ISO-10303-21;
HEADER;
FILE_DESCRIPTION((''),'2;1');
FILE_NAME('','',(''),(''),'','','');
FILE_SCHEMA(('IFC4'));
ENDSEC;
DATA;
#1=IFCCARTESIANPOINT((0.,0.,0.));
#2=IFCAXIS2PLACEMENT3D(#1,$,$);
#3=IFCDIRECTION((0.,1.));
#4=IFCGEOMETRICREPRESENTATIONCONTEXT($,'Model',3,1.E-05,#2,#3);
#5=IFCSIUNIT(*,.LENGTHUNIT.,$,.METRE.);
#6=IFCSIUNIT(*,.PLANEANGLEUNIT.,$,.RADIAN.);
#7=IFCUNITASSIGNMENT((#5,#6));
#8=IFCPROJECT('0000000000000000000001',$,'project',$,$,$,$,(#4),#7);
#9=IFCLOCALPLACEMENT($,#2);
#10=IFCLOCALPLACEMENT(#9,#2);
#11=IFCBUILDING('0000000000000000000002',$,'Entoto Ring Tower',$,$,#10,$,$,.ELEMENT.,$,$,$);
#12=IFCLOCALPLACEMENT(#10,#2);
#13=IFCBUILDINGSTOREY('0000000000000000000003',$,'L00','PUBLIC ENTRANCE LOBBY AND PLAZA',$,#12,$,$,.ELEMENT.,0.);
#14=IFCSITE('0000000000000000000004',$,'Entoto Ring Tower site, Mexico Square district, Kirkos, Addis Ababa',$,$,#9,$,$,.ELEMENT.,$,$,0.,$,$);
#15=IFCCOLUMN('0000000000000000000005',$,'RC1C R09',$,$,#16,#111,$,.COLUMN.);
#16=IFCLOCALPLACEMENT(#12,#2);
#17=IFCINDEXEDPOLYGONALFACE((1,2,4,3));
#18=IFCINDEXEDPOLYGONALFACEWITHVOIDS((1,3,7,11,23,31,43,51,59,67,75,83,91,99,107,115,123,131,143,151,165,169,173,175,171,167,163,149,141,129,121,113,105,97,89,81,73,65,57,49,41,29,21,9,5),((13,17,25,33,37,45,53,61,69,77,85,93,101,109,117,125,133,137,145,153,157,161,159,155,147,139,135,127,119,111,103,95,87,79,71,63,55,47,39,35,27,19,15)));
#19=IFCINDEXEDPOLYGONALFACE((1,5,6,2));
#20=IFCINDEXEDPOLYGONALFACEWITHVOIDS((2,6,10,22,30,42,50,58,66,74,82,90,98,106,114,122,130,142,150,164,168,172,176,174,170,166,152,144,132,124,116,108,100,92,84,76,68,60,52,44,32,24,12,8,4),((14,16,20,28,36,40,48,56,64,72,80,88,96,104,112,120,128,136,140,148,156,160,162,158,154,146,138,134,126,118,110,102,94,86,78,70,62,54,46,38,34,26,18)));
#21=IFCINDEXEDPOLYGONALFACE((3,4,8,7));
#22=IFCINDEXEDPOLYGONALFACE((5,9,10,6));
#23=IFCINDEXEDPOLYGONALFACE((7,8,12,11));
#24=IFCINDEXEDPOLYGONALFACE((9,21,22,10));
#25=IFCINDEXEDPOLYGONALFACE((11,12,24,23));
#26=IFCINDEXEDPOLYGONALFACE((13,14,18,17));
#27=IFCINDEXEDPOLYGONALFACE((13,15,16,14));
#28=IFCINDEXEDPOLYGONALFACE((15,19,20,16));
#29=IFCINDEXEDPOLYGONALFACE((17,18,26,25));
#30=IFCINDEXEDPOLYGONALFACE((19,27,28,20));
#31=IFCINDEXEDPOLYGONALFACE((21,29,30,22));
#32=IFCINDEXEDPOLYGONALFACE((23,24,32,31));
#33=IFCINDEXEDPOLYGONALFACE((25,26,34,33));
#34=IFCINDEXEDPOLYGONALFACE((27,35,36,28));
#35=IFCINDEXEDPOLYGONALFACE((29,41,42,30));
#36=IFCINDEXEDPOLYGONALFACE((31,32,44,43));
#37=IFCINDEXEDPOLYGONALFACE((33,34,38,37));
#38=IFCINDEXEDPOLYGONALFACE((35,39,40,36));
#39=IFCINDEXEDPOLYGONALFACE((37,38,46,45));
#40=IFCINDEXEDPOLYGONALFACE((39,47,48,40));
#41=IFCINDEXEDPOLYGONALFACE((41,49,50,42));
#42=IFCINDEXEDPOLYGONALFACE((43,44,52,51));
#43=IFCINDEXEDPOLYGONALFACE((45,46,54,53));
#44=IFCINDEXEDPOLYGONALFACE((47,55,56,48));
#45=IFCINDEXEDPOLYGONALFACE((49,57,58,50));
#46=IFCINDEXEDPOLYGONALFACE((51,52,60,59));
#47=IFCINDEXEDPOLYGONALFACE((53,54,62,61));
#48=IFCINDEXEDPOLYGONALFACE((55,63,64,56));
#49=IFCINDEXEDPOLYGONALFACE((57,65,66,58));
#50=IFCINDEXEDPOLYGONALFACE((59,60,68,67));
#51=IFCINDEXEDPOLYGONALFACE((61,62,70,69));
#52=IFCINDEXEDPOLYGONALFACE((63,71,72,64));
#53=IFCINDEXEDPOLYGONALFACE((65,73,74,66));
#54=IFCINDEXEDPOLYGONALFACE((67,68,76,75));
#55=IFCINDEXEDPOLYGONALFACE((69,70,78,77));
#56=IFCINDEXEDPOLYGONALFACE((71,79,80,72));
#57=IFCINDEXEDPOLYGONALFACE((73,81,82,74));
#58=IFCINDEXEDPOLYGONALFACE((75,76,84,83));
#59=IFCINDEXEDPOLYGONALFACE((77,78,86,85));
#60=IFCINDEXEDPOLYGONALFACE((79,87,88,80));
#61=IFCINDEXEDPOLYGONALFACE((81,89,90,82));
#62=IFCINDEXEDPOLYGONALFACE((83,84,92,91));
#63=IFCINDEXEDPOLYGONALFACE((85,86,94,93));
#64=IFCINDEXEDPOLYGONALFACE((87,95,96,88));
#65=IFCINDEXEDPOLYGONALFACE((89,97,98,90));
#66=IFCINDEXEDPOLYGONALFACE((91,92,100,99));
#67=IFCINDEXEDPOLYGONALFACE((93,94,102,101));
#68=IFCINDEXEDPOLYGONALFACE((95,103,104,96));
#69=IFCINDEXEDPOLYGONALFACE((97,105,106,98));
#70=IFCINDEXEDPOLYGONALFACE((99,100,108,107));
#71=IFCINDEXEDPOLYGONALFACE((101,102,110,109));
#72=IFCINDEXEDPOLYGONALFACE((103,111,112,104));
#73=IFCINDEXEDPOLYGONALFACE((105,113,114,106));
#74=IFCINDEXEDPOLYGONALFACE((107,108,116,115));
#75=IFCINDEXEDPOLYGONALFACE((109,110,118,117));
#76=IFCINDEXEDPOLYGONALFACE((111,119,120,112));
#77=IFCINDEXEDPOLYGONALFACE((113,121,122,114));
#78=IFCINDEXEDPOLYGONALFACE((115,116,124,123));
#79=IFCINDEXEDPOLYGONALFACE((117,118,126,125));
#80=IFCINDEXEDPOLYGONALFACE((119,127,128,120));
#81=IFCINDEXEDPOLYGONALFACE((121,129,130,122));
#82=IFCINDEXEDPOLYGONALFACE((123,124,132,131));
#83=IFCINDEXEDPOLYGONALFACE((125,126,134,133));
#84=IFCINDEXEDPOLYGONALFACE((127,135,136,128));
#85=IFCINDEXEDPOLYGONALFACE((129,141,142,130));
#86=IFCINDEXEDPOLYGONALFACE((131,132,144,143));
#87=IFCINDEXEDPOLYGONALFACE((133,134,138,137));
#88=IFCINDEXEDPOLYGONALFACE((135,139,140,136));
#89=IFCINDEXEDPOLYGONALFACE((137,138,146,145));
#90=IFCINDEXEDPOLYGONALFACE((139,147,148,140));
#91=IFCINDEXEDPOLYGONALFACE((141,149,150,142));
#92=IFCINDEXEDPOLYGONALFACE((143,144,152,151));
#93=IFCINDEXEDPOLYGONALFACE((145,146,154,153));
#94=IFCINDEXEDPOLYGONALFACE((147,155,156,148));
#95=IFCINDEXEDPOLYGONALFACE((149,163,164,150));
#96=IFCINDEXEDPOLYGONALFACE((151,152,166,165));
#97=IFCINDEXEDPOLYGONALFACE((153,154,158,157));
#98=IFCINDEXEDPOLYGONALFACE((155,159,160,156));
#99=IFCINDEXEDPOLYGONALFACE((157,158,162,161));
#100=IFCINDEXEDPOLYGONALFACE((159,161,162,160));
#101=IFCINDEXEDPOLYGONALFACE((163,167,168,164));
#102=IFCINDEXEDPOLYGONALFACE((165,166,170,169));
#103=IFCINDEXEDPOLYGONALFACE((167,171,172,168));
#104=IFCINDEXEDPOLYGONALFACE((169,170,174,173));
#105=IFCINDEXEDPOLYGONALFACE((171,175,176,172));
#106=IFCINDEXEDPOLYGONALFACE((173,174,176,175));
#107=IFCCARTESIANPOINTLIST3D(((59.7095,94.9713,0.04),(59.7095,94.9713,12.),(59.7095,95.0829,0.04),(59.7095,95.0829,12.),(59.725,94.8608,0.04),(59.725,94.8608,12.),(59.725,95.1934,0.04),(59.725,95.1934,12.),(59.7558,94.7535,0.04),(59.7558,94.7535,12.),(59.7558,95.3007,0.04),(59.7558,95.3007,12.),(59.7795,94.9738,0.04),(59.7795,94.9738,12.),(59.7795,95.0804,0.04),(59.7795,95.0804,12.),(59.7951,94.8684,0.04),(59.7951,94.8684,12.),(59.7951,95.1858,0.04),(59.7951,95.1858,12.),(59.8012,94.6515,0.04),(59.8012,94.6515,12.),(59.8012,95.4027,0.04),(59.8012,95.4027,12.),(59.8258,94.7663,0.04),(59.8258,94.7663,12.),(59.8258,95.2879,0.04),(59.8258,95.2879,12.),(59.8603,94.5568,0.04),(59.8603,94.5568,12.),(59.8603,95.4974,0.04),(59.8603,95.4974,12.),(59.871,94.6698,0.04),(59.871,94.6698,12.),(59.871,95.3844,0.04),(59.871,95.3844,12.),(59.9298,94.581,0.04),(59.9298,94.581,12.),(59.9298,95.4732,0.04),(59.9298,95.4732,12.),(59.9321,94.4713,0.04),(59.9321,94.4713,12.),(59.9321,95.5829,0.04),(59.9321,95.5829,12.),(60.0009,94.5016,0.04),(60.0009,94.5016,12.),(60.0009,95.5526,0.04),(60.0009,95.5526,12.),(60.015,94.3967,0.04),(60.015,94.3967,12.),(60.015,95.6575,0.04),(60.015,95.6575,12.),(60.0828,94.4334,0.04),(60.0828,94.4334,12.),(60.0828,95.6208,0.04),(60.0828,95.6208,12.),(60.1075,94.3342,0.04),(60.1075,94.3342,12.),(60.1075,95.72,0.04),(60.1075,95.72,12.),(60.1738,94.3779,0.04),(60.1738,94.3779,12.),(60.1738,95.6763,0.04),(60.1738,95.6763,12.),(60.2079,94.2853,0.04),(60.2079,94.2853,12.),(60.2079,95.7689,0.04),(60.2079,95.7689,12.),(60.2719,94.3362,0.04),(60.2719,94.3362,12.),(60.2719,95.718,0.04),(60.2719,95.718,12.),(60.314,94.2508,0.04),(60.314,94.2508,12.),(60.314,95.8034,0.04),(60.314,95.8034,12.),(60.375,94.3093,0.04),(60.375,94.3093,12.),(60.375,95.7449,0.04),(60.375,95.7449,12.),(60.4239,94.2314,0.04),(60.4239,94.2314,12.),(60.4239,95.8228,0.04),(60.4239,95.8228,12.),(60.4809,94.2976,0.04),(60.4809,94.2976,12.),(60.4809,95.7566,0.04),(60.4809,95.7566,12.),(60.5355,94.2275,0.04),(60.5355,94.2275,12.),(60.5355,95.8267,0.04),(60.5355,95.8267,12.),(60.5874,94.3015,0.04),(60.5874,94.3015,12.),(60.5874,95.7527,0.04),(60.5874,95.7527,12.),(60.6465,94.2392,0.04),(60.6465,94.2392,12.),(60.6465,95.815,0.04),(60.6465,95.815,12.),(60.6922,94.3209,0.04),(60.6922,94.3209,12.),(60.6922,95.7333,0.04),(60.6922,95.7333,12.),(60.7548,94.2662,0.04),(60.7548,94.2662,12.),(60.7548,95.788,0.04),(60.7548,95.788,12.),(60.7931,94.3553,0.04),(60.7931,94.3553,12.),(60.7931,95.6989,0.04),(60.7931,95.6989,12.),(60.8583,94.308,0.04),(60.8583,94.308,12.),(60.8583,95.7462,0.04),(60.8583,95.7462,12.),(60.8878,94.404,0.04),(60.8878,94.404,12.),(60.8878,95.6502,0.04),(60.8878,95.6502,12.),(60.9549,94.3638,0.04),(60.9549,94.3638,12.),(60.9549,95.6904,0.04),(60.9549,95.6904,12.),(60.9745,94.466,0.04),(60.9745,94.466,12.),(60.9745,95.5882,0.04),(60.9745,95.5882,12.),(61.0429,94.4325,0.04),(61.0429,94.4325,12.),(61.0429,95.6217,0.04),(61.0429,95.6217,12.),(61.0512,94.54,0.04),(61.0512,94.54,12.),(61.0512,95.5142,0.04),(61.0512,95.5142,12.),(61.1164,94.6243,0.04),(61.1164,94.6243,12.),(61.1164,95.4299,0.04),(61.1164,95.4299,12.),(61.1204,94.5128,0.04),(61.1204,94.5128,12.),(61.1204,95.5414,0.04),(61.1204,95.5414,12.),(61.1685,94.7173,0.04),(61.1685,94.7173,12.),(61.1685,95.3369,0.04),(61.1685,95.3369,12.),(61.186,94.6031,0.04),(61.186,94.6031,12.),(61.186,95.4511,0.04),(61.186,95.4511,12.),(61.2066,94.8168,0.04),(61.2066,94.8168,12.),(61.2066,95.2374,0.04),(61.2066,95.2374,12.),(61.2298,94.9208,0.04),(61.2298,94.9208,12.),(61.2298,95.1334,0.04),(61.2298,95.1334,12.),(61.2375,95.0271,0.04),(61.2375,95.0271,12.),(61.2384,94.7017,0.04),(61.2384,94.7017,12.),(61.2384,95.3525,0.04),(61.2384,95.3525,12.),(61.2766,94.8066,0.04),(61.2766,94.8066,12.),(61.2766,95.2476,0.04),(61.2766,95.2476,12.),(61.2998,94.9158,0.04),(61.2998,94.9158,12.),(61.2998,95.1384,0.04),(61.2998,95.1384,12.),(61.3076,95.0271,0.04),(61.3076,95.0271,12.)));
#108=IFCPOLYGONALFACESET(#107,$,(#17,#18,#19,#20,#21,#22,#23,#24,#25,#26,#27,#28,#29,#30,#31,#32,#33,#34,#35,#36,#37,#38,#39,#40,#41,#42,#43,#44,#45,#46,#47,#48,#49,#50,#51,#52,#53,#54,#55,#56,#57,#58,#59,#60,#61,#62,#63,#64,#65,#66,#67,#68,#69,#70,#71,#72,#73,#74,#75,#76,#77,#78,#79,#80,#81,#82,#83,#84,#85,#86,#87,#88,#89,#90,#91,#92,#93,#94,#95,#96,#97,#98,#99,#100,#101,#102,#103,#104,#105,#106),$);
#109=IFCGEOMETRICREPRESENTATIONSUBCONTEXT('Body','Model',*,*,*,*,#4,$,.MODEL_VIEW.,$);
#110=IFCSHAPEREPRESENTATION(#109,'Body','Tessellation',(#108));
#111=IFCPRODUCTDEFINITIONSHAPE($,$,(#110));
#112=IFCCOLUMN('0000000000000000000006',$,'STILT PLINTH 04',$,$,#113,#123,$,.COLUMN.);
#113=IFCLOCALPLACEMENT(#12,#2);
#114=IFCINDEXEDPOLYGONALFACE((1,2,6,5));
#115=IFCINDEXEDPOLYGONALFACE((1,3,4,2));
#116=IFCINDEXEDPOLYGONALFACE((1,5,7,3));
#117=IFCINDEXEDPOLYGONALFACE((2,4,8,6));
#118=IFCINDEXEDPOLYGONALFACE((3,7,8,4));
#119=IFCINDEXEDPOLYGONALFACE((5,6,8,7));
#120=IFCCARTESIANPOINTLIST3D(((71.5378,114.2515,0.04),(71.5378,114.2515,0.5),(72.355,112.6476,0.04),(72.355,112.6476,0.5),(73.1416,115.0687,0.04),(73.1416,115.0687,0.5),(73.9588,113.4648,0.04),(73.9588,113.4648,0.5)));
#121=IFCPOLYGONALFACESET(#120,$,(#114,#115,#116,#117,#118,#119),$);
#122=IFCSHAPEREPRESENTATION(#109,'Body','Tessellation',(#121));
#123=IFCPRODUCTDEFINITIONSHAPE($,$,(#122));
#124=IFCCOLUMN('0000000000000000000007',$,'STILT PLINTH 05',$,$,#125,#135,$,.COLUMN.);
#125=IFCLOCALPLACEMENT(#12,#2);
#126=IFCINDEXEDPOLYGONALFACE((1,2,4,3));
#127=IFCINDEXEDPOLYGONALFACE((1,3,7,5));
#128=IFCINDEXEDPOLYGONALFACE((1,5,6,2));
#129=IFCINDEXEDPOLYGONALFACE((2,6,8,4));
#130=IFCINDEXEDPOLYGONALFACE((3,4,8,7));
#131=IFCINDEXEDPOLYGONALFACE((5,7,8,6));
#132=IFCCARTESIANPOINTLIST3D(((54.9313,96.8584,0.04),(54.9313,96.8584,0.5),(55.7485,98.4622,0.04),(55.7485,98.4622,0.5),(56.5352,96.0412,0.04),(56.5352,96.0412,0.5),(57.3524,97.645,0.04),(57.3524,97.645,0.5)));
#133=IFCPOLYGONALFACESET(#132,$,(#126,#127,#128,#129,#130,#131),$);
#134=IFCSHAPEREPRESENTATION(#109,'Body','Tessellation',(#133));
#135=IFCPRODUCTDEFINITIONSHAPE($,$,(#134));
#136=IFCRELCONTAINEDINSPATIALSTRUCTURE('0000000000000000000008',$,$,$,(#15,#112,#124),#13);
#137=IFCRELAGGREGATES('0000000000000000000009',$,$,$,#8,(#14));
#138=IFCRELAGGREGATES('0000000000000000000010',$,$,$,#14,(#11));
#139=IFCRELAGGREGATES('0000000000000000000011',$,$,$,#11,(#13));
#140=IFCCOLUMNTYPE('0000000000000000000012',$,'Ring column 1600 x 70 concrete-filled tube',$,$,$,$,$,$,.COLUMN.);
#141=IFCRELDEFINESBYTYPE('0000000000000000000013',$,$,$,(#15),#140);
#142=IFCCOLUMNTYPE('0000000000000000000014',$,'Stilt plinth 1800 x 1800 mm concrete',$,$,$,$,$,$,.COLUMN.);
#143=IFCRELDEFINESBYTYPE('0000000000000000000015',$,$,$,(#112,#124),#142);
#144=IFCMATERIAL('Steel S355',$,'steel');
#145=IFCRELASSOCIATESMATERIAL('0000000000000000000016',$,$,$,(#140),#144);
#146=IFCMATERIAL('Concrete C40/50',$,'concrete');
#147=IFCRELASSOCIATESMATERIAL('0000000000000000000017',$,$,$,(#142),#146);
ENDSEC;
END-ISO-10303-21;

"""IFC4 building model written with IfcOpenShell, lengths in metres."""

from ifc_helpers import new_model, si_unit, direction, frame, origin, origin_2d, place, context, subcontext, project, spatial, rectangle, circle, hollow_circle, extrude, material, material_profile, profile_set, type_object, element, save


model = new_model("IFC4")

# Units and contexts
model_context = context("Model", 3, precision=1e-05, world=origin(), true_north=direction((0.0, 1.0)))
body_context = subcontext(model_context, "Body", "Model", "MODEL_VIEW")
ifc_project = project(units=[si_unit("LENGTHUNIT", "METRE"), si_unit("PLANEANGLEUNIT", "RADIAN")], contexts=[model_context])

# Site, building, storey
site_placement = place(None, origin())
site = spatial("IfcSite", under=ifc_project, at=site_placement, Name="Entoto Ring Tower site, Mexico Square district, Kirkos, Addis Ababa", CompositionType="ELEMENT", RefElevation=0.0)
building_placement = place(site_placement, origin())
building = spatial("IfcBuilding", under=site, at=building_placement, Name="Entoto Ring Tower", CompositionType="ELEMENT")
storey_placement = place(building_placement, origin())
storey = spatial("IfcBuildingStorey", under=building, at=storey_placement, Name="L00", Description="PUBLIC ENTRANCE LOBBY AND PLAZA", CompositionType="ELEMENT", Elevation=0.0)

# Columns
ifc_material_1 = material(Name="Steel S355", Category="steel")
ifc_material_profile_1 = material_profile(ifc_material_1, hollow_circle(Radius=0.8, WallThickness=0.0701, at=origin_2d()), Name="CHS 1600 x 70")
ifc_material_2 = material(Name="Concrete C60/75", Category="concrete")
ifc_material_profile_2 = material_profile(ifc_material_2, circle(Radius=0.73, at=origin_2d()), Name="Concrete C60/75 infill")
ifc_profile_set_1 = profile_set([ifc_material_profile_1, ifc_material_profile_2], Name="Steel S355")
column_type_1 = type_object("IfcColumnType", Name="Ring column 1600 x 70 concrete-filled tube", PredefinedType="COLUMN", material=ifc_profile_set_1)
for number, where, z_axis, x_axis, name in (
    (1, (60.5076, 95.0271, 0.04), (0.0, 0.0, 1.0), (1.0, 0.0, 0.0), "RC1C R09"),
):
    element("IfcColumn", number, at=place(storey_placement, frame(where, z_axis=z_axis, x_axis=x_axis)), inside=storey, type_object=column_type_1, Name=name, PredefinedType="COLUMN", context=body_context, shape_type="SweptSolid", body=[
        extrude(hollow_circle(Radius=0.8, WallThickness=0.0701, at=origin_2d()), origin(), (0.0, 0.0, 1.0), 11.96),
    ])
ifc_material_3 = material(Name="Concrete C40/50", Category="concrete")
ifc_material_profile_3 = material_profile(ifc_material_3, rectangle(XDim=1.8, YDim=1.8, at=origin_2d()), Name="Stilt plinth 1800 x 1800 mm concrete")
ifc_profile_set_2 = profile_set([ifc_material_profile_3], Name="Concrete C40/50")
column_type_2 = type_object("IfcColumnType", Name="Stilt plinth 1800 x 1800 mm concrete", PredefinedType="COLUMN", material=ifc_profile_set_2)
for number, where, z_axis, x_axis, name in (
    (2, (72.7483, 113.8582, 0.04), (0.0, 0.0, 1.0), (-0.891007, -0.45399, 0.0), "STILT PLINTH 04"),
    (3, (56.1418, 97.2517, 0.04), (0.0, 0.0, 1.0), (-0.45399, -0.891007, 0.0), "STILT PLINTH 05"),
):
    element("IfcColumn", number, at=place(storey_placement, frame(where, z_axis=z_axis, x_axis=x_axis)), inside=storey, type_object=column_type_2, Name=name, PredefinedType="COLUMN", context=body_context, shape_type="SweptSolid", body=[
        extrude(rectangle(XDim=1.8, YDim=1.8, at=origin_2d()), origin(), (0.0, 0.0, 1.0), 0.46),
    ])

save(model, "model.ifc")
